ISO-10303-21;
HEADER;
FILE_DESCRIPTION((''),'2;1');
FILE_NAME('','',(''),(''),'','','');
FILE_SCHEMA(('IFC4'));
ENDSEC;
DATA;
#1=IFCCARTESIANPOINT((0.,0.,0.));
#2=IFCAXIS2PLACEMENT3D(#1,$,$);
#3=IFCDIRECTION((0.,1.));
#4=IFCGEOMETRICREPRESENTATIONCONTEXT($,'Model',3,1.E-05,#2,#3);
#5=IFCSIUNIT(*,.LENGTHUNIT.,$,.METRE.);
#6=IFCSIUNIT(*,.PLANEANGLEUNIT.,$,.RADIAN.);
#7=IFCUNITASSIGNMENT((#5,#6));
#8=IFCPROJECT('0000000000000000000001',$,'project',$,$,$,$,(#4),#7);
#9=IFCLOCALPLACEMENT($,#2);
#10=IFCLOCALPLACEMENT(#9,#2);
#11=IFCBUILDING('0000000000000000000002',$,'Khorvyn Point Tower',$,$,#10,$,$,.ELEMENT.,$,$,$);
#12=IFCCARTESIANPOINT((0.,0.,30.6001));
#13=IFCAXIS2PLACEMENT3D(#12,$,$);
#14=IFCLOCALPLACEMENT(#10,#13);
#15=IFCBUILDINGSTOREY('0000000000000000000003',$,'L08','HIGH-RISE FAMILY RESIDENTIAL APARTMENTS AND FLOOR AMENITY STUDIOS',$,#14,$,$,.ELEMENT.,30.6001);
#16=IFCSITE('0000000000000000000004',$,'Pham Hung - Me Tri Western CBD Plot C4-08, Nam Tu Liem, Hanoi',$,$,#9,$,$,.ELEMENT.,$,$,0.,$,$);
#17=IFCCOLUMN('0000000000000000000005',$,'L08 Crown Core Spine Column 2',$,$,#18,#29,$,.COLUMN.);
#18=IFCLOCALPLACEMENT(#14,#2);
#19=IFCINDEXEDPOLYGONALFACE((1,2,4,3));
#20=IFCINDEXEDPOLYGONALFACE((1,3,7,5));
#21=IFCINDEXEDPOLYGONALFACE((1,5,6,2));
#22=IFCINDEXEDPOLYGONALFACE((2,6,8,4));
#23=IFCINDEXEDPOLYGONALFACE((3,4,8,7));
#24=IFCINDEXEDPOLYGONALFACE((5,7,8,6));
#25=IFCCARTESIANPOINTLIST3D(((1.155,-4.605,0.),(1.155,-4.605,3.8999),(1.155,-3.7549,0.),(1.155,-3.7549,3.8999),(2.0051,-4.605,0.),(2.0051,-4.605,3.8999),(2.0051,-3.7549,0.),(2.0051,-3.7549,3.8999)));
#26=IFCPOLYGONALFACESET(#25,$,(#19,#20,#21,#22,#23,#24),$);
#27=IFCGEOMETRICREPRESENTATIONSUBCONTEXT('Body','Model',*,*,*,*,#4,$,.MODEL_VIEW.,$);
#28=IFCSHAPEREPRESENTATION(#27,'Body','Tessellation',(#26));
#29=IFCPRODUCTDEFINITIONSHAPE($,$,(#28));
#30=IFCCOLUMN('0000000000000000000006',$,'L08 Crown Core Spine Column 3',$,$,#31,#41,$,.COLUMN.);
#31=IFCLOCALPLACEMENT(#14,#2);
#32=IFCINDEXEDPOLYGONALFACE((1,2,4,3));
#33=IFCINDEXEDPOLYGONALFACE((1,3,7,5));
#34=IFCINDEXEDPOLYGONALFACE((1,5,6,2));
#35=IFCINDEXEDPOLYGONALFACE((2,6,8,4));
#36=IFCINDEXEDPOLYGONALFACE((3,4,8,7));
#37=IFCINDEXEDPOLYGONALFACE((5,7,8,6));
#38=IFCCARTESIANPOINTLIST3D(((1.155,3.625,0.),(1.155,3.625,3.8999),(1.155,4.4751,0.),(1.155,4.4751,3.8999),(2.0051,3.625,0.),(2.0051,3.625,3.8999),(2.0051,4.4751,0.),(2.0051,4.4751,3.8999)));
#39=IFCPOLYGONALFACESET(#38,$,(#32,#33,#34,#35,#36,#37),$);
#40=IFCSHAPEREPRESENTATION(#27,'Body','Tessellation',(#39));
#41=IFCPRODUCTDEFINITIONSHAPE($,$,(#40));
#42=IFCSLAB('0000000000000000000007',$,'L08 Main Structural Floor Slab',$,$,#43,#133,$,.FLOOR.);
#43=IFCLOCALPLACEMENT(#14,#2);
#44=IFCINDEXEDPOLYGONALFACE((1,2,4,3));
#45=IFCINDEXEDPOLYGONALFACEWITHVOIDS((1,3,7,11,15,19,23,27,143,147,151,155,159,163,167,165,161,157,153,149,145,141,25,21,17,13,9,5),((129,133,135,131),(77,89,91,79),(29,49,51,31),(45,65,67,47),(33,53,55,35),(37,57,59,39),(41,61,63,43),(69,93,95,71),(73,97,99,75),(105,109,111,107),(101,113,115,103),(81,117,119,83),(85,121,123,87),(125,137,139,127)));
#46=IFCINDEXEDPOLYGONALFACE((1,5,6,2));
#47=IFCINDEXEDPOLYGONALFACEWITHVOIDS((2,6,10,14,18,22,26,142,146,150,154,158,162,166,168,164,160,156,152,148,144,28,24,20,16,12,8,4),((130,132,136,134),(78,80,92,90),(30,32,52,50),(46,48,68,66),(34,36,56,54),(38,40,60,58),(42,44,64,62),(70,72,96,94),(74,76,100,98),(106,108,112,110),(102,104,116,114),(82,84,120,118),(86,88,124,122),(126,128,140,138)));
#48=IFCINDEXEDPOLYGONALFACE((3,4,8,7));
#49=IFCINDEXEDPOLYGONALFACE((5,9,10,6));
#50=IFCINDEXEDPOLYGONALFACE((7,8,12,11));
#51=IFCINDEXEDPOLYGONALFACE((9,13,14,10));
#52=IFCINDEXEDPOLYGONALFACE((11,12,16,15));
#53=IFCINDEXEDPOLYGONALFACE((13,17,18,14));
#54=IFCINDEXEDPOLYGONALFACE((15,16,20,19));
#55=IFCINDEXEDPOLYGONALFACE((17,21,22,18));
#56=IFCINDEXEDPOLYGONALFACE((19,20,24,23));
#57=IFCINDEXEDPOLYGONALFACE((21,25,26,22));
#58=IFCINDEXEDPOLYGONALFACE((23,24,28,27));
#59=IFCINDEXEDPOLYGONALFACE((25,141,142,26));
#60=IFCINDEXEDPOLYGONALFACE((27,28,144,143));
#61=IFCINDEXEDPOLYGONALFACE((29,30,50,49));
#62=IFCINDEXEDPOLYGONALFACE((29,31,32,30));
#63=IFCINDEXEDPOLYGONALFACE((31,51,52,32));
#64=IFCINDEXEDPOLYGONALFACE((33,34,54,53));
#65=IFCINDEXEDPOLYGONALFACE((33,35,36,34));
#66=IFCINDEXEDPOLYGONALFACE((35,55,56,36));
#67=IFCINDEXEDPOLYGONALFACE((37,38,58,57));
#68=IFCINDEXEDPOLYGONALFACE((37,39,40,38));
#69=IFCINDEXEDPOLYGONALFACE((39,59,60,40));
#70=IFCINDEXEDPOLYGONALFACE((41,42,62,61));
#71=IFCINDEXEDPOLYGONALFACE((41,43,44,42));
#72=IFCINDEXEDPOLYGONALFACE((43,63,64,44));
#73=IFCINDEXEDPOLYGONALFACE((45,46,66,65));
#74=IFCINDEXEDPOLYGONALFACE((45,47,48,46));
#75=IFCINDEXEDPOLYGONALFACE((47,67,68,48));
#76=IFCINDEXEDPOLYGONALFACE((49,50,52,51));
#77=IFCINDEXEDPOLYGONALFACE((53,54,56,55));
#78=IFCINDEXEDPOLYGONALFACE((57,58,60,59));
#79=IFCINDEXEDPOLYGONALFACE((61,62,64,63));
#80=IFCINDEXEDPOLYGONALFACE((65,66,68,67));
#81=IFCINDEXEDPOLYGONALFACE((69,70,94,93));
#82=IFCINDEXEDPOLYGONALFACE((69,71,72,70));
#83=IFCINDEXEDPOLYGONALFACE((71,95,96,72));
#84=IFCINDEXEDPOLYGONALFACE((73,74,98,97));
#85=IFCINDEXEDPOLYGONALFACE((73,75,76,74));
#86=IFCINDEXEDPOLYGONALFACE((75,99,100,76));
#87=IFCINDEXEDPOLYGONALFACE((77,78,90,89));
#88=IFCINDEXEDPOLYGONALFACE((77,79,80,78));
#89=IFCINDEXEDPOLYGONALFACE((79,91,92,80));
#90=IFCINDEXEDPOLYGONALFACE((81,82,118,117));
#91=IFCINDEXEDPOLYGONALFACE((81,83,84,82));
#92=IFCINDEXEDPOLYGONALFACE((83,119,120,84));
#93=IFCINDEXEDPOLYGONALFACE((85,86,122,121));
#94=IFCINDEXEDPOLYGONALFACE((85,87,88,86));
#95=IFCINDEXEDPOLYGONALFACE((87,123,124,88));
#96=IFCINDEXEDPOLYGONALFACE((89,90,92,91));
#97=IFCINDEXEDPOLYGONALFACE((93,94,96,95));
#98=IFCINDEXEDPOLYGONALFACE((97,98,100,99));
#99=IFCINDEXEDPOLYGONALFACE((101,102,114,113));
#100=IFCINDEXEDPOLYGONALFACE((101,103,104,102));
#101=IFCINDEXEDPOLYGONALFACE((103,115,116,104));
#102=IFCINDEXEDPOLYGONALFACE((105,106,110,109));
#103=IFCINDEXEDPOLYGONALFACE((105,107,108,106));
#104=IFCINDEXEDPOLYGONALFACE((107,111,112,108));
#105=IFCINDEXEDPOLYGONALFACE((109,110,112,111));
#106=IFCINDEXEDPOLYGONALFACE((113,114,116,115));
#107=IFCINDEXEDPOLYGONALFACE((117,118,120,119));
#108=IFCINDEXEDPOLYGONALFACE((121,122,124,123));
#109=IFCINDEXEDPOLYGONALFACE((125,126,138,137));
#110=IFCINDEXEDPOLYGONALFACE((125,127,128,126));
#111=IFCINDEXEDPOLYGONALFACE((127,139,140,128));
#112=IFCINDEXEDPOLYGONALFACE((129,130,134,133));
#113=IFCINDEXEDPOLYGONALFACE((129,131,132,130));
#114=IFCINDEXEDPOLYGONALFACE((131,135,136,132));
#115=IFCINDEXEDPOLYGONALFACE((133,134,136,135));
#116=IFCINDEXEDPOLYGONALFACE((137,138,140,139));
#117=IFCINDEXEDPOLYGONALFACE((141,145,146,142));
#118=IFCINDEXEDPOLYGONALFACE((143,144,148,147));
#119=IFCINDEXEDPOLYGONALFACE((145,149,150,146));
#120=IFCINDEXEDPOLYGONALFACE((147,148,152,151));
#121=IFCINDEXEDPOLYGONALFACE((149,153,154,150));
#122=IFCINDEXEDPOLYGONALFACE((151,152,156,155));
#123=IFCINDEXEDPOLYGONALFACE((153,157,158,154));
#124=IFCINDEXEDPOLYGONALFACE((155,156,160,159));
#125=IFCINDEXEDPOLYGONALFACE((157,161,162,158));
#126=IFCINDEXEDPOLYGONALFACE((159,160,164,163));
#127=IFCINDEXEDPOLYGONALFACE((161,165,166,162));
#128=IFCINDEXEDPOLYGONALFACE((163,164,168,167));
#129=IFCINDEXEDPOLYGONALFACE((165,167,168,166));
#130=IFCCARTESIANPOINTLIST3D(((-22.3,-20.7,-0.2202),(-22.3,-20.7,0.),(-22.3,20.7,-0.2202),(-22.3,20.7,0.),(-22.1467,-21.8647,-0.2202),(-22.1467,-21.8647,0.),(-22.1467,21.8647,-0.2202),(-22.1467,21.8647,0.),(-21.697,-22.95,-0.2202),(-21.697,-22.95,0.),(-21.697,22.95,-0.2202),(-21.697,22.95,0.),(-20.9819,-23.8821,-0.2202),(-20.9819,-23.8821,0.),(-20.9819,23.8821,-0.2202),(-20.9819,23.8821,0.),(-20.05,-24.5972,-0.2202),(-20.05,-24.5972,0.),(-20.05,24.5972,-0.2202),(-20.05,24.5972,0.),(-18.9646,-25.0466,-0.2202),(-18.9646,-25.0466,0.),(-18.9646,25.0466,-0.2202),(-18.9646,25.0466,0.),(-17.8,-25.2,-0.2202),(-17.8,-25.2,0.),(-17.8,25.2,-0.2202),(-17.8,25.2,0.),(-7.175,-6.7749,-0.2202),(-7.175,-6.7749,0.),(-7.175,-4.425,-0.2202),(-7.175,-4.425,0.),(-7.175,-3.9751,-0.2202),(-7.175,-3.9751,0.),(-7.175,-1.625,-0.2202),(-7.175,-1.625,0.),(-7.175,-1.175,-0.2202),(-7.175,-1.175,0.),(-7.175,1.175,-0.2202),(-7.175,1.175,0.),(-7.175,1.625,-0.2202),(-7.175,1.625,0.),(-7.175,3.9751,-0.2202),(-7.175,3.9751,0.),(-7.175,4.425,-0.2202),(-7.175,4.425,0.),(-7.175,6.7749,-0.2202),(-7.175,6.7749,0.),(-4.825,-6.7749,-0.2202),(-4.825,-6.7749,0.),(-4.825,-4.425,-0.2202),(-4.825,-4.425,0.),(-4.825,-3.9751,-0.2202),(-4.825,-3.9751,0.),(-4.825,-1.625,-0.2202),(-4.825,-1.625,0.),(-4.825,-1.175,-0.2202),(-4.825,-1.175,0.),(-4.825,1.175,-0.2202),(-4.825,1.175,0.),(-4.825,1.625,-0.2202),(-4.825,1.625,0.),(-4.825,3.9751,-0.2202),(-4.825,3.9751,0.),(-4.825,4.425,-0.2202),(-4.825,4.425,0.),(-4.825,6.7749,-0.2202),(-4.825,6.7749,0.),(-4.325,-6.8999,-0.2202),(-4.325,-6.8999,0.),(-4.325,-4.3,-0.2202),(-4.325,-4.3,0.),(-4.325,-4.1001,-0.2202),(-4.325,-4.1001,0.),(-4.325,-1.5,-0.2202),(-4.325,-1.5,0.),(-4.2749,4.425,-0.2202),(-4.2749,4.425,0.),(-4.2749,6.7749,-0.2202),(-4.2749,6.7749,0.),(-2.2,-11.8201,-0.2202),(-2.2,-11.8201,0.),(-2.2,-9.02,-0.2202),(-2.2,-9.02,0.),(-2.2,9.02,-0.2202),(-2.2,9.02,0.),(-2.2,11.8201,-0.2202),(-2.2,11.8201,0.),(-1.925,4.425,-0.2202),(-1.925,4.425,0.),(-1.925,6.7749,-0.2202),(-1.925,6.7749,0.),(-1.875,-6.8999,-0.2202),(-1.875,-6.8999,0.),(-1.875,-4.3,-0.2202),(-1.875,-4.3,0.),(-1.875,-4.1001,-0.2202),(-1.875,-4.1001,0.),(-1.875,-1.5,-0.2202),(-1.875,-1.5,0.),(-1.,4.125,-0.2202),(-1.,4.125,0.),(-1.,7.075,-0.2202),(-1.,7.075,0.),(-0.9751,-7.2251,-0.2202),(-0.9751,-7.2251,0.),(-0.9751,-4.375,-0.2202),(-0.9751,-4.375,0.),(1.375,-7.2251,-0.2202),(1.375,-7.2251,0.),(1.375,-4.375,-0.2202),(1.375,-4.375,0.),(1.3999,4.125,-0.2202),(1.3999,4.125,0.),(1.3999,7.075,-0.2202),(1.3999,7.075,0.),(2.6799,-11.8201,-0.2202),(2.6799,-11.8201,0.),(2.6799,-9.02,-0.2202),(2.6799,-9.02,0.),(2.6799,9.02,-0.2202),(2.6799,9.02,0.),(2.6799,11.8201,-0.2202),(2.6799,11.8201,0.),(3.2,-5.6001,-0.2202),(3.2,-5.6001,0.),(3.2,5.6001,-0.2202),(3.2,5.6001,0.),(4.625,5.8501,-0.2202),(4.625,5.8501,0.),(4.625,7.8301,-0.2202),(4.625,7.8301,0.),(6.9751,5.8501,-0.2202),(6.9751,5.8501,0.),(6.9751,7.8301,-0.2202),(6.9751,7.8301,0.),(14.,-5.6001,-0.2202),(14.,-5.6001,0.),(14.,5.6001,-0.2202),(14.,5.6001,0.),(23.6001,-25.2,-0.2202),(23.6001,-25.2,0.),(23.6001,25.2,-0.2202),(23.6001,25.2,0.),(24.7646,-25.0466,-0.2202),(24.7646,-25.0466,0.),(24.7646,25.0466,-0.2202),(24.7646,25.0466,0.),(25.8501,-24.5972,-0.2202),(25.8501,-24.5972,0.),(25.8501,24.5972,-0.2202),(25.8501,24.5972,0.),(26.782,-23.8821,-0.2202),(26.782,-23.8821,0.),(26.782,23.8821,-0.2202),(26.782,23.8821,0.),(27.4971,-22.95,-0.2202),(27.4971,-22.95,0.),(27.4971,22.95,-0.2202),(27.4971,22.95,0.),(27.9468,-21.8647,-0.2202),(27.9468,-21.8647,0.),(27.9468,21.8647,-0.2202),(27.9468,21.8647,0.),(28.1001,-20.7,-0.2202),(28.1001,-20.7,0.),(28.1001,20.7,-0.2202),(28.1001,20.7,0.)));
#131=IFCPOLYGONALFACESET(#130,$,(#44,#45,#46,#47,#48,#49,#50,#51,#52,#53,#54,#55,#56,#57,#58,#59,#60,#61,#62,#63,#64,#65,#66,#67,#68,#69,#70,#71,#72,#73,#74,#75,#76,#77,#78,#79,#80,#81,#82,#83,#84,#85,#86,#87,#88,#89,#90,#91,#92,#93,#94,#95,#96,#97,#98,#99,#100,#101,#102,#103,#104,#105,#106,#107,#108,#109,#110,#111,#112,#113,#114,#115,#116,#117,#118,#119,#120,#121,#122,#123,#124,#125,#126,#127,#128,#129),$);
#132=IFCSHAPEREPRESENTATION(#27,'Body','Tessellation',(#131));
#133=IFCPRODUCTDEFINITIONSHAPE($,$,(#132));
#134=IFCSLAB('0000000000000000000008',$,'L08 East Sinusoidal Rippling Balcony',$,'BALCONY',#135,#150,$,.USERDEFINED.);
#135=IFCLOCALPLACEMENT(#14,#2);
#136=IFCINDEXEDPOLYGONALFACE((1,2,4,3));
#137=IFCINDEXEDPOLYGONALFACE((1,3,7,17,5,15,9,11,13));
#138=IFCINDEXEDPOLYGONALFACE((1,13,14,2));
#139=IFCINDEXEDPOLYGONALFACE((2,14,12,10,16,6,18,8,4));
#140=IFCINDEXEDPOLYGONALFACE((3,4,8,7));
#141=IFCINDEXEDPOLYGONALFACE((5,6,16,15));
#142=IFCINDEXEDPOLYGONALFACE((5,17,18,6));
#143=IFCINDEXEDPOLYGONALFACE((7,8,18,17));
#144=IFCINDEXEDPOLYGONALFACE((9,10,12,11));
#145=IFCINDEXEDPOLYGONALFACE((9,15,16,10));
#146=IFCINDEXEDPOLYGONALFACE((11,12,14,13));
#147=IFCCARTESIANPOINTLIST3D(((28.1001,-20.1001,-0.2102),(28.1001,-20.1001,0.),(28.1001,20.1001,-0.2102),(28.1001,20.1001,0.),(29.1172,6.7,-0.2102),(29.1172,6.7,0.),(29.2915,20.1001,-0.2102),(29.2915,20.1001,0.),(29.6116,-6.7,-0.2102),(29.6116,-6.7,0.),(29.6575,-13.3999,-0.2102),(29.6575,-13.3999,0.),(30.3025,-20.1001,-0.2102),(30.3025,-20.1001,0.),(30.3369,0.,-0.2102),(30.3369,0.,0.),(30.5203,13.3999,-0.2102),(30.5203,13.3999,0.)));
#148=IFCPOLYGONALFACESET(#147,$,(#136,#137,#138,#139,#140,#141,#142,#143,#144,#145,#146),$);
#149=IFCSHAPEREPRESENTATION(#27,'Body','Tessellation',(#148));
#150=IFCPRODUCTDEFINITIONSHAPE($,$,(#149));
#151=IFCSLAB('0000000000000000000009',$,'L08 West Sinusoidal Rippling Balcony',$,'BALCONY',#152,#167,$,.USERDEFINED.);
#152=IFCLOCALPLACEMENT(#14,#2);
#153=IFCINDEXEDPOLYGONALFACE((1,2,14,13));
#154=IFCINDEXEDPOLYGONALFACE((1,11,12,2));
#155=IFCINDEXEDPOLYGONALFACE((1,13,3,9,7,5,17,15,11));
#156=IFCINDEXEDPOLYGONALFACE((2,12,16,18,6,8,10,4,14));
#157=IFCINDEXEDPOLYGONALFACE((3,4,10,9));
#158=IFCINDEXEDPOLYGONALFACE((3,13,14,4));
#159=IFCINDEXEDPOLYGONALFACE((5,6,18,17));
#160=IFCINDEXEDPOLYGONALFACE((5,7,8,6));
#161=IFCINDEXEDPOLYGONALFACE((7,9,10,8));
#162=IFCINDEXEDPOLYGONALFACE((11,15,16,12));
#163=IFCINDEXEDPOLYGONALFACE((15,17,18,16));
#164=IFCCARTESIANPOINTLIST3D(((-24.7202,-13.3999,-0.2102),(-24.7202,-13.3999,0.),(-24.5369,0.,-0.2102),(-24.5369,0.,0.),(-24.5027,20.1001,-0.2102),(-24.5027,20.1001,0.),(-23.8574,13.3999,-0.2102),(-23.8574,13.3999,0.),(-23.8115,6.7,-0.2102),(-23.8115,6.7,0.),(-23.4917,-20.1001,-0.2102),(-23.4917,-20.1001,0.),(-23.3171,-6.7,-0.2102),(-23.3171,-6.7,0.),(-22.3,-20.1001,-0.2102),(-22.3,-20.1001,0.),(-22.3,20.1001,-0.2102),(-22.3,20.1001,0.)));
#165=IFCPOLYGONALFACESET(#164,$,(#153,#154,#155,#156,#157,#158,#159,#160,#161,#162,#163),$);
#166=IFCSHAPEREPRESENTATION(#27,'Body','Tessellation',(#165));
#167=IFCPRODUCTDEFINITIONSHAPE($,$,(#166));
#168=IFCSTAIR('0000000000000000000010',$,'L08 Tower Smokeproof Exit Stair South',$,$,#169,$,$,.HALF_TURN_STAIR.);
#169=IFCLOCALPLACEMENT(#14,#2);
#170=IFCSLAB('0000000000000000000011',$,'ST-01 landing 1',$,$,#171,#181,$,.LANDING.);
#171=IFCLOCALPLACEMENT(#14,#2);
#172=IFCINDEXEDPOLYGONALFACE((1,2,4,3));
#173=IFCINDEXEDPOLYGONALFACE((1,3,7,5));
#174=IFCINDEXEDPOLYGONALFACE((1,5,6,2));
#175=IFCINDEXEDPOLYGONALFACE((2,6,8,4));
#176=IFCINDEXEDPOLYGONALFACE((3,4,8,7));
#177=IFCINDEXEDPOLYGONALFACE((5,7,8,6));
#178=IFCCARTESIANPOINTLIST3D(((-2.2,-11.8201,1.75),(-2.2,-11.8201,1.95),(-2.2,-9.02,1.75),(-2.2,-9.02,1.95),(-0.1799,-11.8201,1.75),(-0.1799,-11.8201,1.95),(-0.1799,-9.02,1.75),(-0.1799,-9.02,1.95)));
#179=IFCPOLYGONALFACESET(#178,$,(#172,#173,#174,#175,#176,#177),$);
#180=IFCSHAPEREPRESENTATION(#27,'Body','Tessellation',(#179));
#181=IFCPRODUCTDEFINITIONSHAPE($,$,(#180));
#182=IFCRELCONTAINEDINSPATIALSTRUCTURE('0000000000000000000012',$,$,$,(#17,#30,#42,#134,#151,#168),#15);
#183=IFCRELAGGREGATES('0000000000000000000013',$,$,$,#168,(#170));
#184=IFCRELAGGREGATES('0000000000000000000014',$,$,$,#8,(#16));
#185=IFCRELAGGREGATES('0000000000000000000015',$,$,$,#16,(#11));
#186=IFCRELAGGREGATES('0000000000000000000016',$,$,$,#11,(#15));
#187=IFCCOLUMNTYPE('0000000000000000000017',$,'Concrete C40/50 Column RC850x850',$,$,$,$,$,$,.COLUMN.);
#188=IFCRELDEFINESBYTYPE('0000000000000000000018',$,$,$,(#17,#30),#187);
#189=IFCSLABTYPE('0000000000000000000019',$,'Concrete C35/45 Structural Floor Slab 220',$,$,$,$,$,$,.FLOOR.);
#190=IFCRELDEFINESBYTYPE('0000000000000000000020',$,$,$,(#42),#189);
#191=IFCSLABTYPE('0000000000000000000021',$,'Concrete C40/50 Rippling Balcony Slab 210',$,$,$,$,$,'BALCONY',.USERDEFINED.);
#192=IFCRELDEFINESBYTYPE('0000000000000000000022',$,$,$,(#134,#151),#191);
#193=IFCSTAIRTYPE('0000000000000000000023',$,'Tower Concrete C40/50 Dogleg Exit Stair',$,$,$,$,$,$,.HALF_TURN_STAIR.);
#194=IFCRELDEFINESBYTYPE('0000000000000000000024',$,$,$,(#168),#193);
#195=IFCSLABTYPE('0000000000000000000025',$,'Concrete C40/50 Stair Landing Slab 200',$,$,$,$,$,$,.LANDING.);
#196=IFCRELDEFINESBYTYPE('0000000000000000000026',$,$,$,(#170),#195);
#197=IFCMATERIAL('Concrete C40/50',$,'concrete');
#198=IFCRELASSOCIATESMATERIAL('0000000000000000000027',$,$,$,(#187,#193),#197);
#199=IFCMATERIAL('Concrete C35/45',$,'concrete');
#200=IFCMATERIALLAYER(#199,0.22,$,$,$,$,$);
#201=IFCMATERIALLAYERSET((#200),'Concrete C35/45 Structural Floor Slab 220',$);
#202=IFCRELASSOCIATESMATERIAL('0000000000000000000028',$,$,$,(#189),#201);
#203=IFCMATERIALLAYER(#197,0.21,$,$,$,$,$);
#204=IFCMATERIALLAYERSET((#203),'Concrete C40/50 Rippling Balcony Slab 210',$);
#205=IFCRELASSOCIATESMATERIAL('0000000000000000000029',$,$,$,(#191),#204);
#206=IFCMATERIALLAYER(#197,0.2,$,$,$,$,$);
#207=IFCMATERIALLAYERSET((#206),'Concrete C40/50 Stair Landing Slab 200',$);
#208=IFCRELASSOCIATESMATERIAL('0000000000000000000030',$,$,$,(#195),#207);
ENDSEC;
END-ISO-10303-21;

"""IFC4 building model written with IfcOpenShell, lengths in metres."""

from ifc_helpers import new_model, si_unit, direction, frame, origin, origin_2d, place, context, subcontext, project, spatial, polyline, rectangle, outline, extrude, material, layer, layer_set, material_profile, profile_set, type_object, element, aggregate, save


model = new_model("IFC4")

# Units and contexts
model_context = context("Model", 3, precision=1e-05, world=origin(), true_north=direction((0.0, 1.0)))
body_context = subcontext(model_context, "Body", "Model", "MODEL_VIEW")
ifc_project = project(units=[si_unit("LENGTHUNIT", "METRE"), si_unit("PLANEANGLEUNIT", "RADIAN")], contexts=[model_context])

# Site, building, storey
site_placement = place(None, origin())
site = spatial("IfcSite", under=ifc_project, at=site_placement, Name="Pham Hung - Me Tri Western CBD Plot C4-08, Nam Tu Liem, Hanoi", CompositionType="ELEMENT", RefElevation=0.0)
building_placement = place(site_placement, origin())
building = spatial("IfcBuilding", under=site, at=building_placement, Name="Khorvyn Point Tower", CompositionType="ELEMENT")
storey_placement = place(building_placement, frame((0.0, 0.0, 30.6001)))
storey = spatial("IfcBuildingStorey", under=building, at=storey_placement, Name="L08", Description="HIGH-RISE FAMILY RESIDENTIAL APARTMENTS AND FLOOR AMENITY STUDIOS", CompositionType="ELEMENT", Elevation=30.6001)

# Columns
ifc_material_1 = material(Name="Concrete C40/50", Category="concrete")
ifc_material_profile = material_profile(ifc_material_1, rectangle(XDim=0.8501, YDim=0.8501, at=origin_2d()))
ifc_profile_set = profile_set([ifc_material_profile], Name="Concrete C40/50 RC850x850")
column_type = type_object("IfcColumnType", Name="Concrete C40/50 Column RC850x850", PredefinedType="COLUMN", material=ifc_profile_set)
for number, where, z_axis, x_axis, name in (
    (1, (1.5801, -4.1799, 0.0), (0.0, 0.0, 1.0), (1.0, 0.0, 0.0), "L08 Crown Core Spine Column 2"),
    (2, (1.5801, 4.05, 0.0), (0.0, 0.0, 1.0), (1.0, 0.0, 0.0), "L08 Crown Core Spine Column 3"),
):
    element("IfcColumn", number, at=place(storey_placement, frame(where, z_axis=z_axis, x_axis=x_axis)), inside=storey, type_object=column_type, Name=name, PredefinedType="COLUMN", context=body_context, shape_type="SweptSolid", body=[
        extrude(rectangle(XDim=0.8501, YDim=0.8501, at=origin_2d()), origin(), (0.0, 0.0, 1.0), 3.8999),
    ])

# Slabs
ifc_material_2 = material(Name="Concrete C35/45", Category="concrete")
ifc_layer_1 = layer(ifc_material_2, 0.22)
ifc_layer_set_1 = layer_set([ifc_layer_1], Name="Concrete C35/45 Structural Floor Slab 220")
slab_type_1 = type_object("IfcSlabType", Name="Concrete C35/45 Structural Floor Slab 220", PredefinedType="FLOOR", material=ifc_layer_set_1)
slab_1_placement = place(storey_placement, frame((0.0, 0.0, -0.2202)))
element("IfcSlab", 3, at=slab_1_placement, inside=storey, type_object=slab_type_1, Name="L08 Main Structural Floor Slab", PredefinedType="FLOOR", context=body_context, shape_type="SweptSolid", body=[
    extrude(outline(polyline([(-17.8, -25.2), (-18.9646, -25.0466), (-20.05, -24.5972), (-20.9819, -23.8821), (-21.697, -22.95), (-22.1467, -21.8647), (-22.3, -20.7), (-22.3, 20.7), (-22.1467, 21.8647), (-21.697, 22.95), (-20.9819, 23.8821), (-20.05, 24.5972), (-18.9646, 25.0466), (-17.8, 25.2), (23.6001, 25.2), (24.7646, 25.0466), (25.8501, 24.5972), (26.782, 23.8821), (27.4971, 22.95), (27.9468, 21.8647), (28.1001, 20.7), (28.1001, -20.7), (27.9468, -21.8647), (27.4971, -22.95), (26.782, -23.8821), (25.8501, -24.5972), (24.7646, -25.0466), (23.6001, -25.2), (-17.8, -25.2)]), holes=[polyline([(-4.825, -6.7749), (-4.825, -4.425), (-7.175, -4.425), (-7.175, -6.7749), (-4.825, -6.7749)]), polyline([(-4.325, -6.8999), (-1.875, -6.8999), (-1.875, -4.3), (-4.325, -4.3), (-4.325, -6.8999)]), polyline([(-7.175, -3.9751), (-4.825, -3.9751), (-4.825, -1.625), (-7.175, -1.625), (-7.175, -3.9751)]), polyline([(-7.175, -1.175), (-4.825, -1.175), (-4.825, 1.175), (-7.175, 1.175), (-7.175, -1.175)]), polyline([(-7.175, 1.625), (-4.825, 1.625), (-4.825, 3.9751), (-7.175, 3.9751), (-7.175, 1.625)]), polyline([(-7.175, 4.425), (-4.825, 4.425), (-4.825, 6.7749), (-7.175, 6.7749), (-7.175, 4.425)]), polyline([(-4.2749, 4.425), (-1.925, 4.425), (-1.925, 6.7749), (-4.2749, 6.7749), (-4.2749, 4.425)]), polyline([(2.6799, -11.8201), (2.6799, -9.02), (-2.2, -9.02), (-2.2, -11.8201), (2.6799, -11.8201)]), polyline([(-0.9751, -7.2251), (1.375, -7.2251), (1.375, -4.375), (-0.9751, -4.375), (-0.9751, -7.2251)]), polyline([(-4.325, -4.1001), (-1.875, -4.1001), (-1.875, -1.5), (-4.325, -1.5), (-4.325, -4.1001)]), polyline([(3.2, -5.6001), (14.0, -5.6001), (14.0, 5.6001), (3.2, 5.6001), (3.2, -5.6001)]), polyline([(-1.0, 4.125), (1.3999, 4.125), (1.3999, 7.075), (-1.0, 7.075), (-1.0, 4.125)]), polyline([(4.625, 5.8501), (6.9751, 5.8501), (6.9751, 7.8301), (4.625, 7.8301), (4.625, 5.8501)]), polyline([(-2.2, 9.02), (2.6799, 9.02), (2.6799, 11.8201), (-2.2, 11.8201), (-2.2, 9.02)])]), origin(), (0.0, 0.0, 1.0), 0.2202),
])
ifc_layer_2 = layer(ifc_material_1, 0.21)
ifc_layer_set_2 = layer_set([ifc_layer_2], Name="Concrete C40/50 Rippling Balcony Slab 210")
slab_type_2 = type_object("IfcSlabType", Name="Concrete C40/50 Rippling Balcony Slab 210", ElementType="BALCONY", PredefinedType="USERDEFINED", material=ifc_layer_set_2)
slab_2_placement = place(storey_placement, frame((0.0, 0.0, -0.2102)))
element("IfcSlab", 4, at=slab_2_placement, inside=storey, type_object=slab_type_2, Name="L08 East Sinusoidal Rippling Balcony", ObjectType="BALCONY", PredefinedType="USERDEFINED", context=body_context, shape_type="SweptSolid", body=[
    extrude(outline(polyline([(28.1001, -20.1001), (30.3025, -20.1001), (29.6575, -13.3999), (29.6116, -6.7), (30.3369, 0.0), (29.1172, 6.7), (30.5203, 13.3999), (29.2915, 20.1001), (28.1001, 20.1001), (28.1001, -20.1001)])), origin(), (0.0, 0.0, 1.0), 0.2102),
])
slab_3_placement = place(storey_placement, frame((0.0, 0.0, -0.2102)))
element("IfcSlab", 5, at=slab_3_placement, inside=storey, type_object=slab_type_2, Name="L08 West Sinusoidal Rippling Balcony", ObjectType="BALCONY", PredefinedType="USERDEFINED", context=body_context, shape_type="SweptSolid", body=[
    extrude(outline(polyline([(-22.3, 20.1001), (-24.5027, 20.1001), (-23.8574, 13.3999), (-23.8115, 6.7), (-24.5369, 0.0), (-23.3171, -6.7), (-24.7202, -13.3999), (-23.4917, -20.1001), (-22.3, -20.1001), (-22.3, 20.1001)])), origin(), (0.0, 0.0, 1.0), 0.2102),
])

# Stair, slab
stair_type = type_object("IfcStairType", Name="Tower Concrete C40/50 Dogleg Exit Stair", PredefinedType="HALF_TURN_STAIR", material=ifc_material_1)
stair_1_placement = place(storey_placement, origin())
stair_1 = element("IfcStair", 6, at=stair_1_placement, inside=storey, type_object=stair_type, Name="L08 Tower Smokeproof Exit Stair South", PredefinedType="HALF_TURN_STAIR")
ifc_layer_3 = layer(ifc_material_1, 0.2)
ifc_layer_set_3 = layer_set([ifc_layer_3], Name="Concrete C40/50 Stair Landing Slab 200")
slab_type_3 = type_object("IfcSlabType", Name="Concrete C40/50 Stair Landing Slab 200", PredefinedType="LANDING", material=ifc_layer_set_3)
slab_4_placement = place(storey_placement, frame((0.0, 0.0, 1.75)))
slab_4 = element("IfcSlab", 7, at=slab_4_placement, type_object=slab_type_3, Name="ST-01 landing 1", PredefinedType="LANDING", context=body_context, shape_type="SweptSolid", body=[
    extrude(outline(polyline([(-0.1799, -9.02), (-2.2, -9.02), (-2.2, -11.8201), (-0.1799, -11.8201), (-0.1799, -9.02)])), origin(), (0.0, 0.0, 1.0), 0.2),
])
aggregate(stair_1, [slab_4])

save(model, "model.ifc")
